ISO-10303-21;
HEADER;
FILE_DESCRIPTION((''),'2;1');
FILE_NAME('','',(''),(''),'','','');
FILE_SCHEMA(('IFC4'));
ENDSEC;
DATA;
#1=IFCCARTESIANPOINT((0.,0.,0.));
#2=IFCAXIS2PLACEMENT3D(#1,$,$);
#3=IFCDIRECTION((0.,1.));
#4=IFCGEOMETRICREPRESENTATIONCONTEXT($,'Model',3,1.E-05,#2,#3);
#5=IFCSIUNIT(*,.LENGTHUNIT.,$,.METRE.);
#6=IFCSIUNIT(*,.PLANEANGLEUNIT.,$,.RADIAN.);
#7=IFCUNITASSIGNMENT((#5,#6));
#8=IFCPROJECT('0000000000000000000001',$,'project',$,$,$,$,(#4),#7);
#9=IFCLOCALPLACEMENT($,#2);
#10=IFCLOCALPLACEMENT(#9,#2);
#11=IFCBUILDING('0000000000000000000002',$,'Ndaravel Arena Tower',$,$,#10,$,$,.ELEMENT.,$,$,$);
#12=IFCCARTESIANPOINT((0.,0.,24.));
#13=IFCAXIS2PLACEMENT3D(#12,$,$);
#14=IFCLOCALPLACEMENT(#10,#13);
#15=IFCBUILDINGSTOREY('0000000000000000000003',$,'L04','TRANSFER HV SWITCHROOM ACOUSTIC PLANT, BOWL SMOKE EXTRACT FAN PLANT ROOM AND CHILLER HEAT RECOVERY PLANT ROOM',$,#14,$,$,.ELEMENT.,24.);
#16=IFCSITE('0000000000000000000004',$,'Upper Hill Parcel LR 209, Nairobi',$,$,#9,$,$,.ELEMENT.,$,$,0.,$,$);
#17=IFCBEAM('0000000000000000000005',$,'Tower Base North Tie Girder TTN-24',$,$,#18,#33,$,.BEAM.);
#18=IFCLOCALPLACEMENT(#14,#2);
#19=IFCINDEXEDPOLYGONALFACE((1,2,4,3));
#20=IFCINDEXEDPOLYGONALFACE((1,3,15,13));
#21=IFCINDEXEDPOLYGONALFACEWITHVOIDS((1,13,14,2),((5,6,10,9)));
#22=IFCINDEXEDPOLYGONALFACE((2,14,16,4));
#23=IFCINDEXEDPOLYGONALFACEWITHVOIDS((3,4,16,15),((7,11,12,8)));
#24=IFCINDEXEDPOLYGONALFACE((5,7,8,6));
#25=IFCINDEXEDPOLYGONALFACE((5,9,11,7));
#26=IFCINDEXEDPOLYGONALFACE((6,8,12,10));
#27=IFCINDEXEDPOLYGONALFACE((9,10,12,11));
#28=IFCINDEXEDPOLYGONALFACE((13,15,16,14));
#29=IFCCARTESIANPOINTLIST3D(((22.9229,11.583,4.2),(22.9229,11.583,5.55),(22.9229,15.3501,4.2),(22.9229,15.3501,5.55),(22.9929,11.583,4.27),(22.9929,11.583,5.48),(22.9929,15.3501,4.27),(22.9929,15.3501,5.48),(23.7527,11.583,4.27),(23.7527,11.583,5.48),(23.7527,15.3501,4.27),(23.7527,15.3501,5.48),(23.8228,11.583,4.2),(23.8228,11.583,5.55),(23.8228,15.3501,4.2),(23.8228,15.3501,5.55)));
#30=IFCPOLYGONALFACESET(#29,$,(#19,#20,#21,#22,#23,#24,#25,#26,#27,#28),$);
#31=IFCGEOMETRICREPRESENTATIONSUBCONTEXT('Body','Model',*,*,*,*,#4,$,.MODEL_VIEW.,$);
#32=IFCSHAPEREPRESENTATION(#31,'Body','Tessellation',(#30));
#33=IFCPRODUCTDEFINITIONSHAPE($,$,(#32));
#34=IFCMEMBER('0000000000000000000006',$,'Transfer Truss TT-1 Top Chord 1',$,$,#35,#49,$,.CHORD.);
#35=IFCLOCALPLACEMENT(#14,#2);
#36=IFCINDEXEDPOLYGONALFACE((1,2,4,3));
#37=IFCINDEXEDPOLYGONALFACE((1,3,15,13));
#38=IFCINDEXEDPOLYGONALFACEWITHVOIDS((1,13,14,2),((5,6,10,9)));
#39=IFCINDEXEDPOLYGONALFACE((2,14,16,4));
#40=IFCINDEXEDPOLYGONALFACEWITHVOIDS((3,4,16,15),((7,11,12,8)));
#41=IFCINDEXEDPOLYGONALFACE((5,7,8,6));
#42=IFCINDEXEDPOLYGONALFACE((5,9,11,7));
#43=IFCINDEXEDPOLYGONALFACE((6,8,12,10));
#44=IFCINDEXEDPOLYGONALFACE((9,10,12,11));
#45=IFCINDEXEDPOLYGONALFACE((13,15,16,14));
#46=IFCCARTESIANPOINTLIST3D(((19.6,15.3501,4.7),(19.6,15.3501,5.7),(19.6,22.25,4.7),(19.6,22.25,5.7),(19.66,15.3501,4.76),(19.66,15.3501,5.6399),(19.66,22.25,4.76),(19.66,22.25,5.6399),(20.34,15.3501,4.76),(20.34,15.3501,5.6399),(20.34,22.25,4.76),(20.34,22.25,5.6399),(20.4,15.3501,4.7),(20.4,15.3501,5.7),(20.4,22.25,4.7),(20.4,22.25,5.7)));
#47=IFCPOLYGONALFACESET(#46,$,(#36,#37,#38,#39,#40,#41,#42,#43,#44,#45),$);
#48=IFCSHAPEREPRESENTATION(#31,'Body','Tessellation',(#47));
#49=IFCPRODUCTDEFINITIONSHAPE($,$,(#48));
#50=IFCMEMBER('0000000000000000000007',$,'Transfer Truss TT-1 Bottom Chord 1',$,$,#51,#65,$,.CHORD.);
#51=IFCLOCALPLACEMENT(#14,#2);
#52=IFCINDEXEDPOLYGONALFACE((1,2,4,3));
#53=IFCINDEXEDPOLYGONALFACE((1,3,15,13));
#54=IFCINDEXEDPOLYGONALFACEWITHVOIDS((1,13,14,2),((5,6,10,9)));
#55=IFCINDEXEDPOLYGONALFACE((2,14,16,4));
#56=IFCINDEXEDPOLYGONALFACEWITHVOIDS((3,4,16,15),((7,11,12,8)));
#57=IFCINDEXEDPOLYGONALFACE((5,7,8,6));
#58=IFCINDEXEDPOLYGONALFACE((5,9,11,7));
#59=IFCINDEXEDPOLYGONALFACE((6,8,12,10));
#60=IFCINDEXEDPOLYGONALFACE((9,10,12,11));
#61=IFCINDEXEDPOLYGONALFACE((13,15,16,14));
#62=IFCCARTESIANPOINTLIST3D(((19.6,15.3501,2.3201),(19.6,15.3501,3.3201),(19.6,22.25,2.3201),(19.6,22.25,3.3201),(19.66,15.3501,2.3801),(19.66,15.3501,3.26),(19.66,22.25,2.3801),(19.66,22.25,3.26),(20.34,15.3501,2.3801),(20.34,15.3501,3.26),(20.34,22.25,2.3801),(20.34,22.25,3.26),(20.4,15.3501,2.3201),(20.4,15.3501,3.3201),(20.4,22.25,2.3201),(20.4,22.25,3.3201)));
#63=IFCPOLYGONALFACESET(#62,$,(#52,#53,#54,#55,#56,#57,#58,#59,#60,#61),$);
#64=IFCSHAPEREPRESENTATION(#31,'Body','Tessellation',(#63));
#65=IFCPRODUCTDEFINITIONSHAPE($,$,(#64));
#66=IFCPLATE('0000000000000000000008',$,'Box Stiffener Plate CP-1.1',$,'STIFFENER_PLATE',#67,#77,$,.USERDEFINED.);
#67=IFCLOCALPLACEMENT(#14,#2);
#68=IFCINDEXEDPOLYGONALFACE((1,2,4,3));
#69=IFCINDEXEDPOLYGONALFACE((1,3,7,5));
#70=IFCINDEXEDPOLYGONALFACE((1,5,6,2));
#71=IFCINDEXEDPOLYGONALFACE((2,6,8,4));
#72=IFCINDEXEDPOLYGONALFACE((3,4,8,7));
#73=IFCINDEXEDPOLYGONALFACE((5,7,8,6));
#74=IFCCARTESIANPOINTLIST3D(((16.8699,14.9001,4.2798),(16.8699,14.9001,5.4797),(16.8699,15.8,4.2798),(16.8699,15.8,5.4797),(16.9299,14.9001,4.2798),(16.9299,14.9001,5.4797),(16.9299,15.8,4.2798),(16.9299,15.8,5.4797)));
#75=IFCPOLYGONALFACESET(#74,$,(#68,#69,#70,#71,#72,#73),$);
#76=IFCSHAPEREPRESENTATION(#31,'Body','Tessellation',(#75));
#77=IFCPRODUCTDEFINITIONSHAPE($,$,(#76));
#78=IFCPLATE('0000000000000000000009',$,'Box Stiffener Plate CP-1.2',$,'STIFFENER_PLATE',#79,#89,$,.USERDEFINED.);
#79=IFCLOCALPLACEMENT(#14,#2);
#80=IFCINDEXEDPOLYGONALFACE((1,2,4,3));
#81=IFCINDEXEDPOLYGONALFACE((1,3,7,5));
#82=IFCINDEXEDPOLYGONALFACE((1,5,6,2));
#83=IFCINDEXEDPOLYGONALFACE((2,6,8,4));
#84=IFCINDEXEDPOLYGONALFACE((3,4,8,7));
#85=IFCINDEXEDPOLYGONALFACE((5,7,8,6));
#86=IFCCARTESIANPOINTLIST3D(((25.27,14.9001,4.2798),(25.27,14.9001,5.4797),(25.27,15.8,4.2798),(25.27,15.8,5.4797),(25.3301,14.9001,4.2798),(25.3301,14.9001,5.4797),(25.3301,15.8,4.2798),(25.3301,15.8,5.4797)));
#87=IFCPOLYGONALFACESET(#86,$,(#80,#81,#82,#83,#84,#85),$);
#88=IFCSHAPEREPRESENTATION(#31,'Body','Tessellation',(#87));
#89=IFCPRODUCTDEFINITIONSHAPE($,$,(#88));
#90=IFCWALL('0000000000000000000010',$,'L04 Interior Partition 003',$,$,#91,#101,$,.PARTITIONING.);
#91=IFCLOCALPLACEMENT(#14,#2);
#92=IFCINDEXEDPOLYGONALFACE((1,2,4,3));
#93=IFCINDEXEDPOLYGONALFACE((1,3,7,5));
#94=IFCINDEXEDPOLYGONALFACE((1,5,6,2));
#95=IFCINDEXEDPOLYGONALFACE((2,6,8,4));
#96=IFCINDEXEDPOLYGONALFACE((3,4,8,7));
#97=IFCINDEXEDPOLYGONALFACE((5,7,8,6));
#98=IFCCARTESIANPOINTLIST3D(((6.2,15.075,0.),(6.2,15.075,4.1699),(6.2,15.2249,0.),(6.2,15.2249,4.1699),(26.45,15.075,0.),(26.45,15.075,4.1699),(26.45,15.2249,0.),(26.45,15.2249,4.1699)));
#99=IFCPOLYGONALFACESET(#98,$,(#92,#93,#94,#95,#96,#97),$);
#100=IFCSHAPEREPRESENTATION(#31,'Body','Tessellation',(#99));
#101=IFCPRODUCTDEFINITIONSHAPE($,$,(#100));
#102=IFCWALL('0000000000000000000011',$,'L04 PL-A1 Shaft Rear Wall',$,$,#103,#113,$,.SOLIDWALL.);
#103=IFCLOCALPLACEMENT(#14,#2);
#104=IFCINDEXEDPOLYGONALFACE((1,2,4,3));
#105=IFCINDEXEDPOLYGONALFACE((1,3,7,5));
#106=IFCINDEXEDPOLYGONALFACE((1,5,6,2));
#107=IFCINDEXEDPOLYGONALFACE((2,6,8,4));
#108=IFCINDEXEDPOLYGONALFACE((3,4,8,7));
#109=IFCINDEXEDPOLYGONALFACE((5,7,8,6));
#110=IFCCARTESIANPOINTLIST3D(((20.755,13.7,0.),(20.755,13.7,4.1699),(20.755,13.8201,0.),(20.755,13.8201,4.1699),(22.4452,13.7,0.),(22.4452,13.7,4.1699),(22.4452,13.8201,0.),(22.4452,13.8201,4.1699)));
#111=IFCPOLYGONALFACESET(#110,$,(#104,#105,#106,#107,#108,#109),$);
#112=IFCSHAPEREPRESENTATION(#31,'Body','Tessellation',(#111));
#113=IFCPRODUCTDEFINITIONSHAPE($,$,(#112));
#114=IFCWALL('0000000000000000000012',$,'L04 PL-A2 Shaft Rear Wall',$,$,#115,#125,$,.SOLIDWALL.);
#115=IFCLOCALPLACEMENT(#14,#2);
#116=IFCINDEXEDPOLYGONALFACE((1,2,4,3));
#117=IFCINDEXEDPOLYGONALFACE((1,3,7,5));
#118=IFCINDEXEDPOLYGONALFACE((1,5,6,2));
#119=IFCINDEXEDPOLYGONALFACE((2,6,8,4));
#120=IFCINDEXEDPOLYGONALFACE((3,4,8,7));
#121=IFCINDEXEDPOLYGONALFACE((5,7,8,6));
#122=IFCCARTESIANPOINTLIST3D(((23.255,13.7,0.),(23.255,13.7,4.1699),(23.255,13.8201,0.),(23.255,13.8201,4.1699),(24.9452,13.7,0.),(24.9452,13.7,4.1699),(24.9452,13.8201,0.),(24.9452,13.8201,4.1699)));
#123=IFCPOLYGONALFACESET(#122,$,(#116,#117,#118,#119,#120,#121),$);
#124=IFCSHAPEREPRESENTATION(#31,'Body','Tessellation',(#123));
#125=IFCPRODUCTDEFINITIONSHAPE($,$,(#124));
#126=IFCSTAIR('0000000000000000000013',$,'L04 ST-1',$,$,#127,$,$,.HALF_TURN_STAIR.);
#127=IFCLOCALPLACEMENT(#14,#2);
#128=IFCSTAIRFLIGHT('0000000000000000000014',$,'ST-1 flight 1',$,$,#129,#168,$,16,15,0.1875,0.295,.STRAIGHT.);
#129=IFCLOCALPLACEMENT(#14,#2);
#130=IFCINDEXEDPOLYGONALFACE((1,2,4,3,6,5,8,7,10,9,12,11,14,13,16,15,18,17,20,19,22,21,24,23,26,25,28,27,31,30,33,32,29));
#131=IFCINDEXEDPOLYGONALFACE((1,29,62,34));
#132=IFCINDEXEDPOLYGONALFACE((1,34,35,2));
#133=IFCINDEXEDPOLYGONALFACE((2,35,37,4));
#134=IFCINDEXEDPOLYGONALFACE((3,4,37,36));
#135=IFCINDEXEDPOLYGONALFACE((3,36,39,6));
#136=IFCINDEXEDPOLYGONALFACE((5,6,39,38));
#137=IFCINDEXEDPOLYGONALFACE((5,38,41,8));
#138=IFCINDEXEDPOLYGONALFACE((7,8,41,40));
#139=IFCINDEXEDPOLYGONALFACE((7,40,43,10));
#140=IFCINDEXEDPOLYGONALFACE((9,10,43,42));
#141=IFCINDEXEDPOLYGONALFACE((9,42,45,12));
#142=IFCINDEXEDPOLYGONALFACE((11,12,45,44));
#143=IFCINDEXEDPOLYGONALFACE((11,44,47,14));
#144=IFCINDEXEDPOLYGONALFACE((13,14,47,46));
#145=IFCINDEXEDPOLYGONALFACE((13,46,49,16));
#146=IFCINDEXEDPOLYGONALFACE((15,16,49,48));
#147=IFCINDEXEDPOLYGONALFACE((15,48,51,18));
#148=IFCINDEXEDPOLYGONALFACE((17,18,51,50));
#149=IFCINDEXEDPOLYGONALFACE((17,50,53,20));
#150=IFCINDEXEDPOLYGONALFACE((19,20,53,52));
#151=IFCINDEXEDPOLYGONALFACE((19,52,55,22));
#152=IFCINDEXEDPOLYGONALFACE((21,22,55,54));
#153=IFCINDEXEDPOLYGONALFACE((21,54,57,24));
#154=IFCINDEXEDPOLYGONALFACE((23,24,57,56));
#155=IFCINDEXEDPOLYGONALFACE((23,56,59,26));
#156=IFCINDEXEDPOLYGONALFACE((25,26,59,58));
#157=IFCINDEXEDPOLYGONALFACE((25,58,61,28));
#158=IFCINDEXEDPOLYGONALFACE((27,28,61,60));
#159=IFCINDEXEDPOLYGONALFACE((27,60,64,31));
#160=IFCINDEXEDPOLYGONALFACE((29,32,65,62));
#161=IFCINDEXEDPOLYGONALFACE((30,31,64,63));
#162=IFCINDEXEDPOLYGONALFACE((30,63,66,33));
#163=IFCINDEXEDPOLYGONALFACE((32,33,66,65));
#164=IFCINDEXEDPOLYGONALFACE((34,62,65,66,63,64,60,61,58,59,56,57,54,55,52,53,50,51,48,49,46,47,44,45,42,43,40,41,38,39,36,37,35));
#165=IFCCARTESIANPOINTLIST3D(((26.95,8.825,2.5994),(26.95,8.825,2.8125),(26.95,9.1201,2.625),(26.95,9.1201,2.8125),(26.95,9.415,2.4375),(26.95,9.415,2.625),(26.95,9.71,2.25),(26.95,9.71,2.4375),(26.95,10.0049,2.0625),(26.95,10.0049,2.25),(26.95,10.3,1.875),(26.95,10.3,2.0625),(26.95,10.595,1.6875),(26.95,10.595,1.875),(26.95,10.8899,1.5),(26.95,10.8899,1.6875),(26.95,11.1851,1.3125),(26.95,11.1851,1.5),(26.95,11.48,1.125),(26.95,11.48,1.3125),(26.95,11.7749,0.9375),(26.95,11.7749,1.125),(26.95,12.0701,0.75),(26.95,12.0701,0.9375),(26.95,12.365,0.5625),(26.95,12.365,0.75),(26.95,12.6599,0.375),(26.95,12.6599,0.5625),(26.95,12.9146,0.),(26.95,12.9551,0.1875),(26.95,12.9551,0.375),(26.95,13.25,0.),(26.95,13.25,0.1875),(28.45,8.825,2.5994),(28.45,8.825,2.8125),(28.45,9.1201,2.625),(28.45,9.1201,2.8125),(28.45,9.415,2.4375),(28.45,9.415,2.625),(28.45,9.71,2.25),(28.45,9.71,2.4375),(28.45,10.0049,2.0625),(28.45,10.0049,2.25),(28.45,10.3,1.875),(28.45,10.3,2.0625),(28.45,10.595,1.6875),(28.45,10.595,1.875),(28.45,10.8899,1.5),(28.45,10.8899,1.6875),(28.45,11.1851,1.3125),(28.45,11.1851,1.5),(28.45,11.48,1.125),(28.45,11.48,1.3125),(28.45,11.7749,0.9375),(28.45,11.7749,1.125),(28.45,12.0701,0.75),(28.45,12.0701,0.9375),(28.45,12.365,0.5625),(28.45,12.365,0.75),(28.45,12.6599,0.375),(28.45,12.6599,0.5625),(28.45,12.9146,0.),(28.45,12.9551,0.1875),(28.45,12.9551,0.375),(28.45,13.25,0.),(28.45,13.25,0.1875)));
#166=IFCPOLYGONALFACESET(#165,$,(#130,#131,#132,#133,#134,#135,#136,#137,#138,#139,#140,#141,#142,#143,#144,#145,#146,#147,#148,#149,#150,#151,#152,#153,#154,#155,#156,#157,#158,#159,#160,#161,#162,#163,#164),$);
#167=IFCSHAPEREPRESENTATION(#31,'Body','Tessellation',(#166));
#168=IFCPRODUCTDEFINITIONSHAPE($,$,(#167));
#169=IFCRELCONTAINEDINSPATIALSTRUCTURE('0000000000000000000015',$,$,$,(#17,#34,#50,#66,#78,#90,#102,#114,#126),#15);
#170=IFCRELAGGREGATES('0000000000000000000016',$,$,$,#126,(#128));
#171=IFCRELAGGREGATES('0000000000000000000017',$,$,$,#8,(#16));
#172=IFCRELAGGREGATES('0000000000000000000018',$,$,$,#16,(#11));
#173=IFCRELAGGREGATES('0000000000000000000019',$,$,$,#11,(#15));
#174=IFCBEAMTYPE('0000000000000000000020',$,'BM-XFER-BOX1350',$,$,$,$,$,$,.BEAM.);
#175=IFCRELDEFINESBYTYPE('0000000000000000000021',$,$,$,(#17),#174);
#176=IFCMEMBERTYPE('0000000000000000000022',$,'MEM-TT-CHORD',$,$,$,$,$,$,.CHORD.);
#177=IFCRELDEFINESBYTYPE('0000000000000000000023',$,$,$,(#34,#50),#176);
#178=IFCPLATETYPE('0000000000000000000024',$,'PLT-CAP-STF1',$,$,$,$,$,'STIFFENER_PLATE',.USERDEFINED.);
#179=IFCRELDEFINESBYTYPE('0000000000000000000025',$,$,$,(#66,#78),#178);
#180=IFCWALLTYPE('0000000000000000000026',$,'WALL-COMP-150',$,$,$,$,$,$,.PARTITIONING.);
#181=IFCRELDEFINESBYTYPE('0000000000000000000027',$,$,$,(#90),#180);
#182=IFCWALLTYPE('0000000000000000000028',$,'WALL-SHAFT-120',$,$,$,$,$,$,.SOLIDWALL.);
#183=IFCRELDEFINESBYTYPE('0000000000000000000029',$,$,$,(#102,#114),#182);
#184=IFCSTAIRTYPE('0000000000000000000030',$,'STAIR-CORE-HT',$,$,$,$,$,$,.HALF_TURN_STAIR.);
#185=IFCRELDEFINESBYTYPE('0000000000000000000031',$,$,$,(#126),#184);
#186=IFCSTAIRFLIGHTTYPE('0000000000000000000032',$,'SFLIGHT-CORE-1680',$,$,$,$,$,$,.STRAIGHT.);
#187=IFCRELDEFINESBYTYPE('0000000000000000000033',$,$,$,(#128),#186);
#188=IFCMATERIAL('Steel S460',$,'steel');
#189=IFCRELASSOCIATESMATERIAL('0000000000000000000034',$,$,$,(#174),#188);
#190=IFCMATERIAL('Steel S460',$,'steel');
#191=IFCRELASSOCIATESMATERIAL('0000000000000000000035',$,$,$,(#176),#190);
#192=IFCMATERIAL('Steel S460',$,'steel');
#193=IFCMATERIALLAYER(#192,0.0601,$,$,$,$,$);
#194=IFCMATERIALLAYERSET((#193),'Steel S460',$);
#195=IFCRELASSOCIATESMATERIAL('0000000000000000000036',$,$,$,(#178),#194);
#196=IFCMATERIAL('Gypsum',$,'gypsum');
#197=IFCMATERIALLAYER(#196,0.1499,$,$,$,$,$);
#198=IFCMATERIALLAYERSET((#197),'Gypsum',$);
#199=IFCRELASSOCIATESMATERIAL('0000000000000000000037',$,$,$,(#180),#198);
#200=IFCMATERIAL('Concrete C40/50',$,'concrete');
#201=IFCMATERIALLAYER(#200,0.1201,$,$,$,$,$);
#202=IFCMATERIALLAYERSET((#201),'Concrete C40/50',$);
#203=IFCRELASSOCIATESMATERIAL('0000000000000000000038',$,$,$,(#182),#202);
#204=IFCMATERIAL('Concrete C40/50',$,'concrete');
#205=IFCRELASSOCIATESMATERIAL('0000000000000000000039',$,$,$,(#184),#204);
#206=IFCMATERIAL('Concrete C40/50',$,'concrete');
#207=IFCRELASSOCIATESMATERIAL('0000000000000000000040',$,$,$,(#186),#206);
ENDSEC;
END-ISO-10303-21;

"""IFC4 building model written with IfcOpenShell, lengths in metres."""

from ifc_helpers import new_model, si_unit, direction, frame, frame_2d, origin, origin_2d, place, context, subcontext, project, spatial, polyline, rectangle, hollow_rectangle, outline, extrude, material, layer, layer_set, material_profile, profile_set, type_object, element, aggregate, save


model = new_model("IFC4")

# Units and contexts
model_context = context("Model", 3, precision=1e-05, world=origin(), true_north=direction((0.0, 1.0)))
body_context = subcontext(model_context, "Body", "Model", "MODEL_VIEW")
ifc_project = project(units=[si_unit("LENGTHUNIT", "METRE"), si_unit("PLANEANGLEUNIT", "RADIAN")], contexts=[model_context])

# Site, building, storey
site_placement = place(None, origin())
site = spatial("IfcSite", under=ifc_project, at=site_placement, Name="Upper Hill Parcel LR 209, Nairobi", CompositionType="ELEMENT", RefElevation=0.0)
building_placement = place(site_placement, origin())
building = spatial("IfcBuilding", under=site, at=building_placement, Name="Ndaravel Arena Tower", CompositionType="ELEMENT")
storey_placement = place(building_placement, frame((0.0, 0.0, 24.0)))
storey = spatial("IfcBuildingStorey", under=building, at=storey_placement, Name="L04", Description="TRANSFER HV SWITCHROOM ACOUSTIC PLANT, BOWL SMOKE EXTRACT FAN PLANT ROOM AND CHILLER HEAT RECOVERY PLANT ROOM", CompositionType="ELEMENT", Elevation=24.0)

# Beam
ifc_material_1 = material(Name="Steel S460", Category="steel")
ifc_material_profile_1 = material_profile(ifc_material_1, hollow_rectangle(XDim=0.8999, YDim=1.3501, WallThickness=0.0701, at=origin_2d()), Name="BOX 1350x900x70")
ifc_profile_set_1 = profile_set([ifc_material_profile_1], Name="Steel S460")
beam_type_1 = type_object("IfcBeamType", Name="BM-XFER-BOX1350", PredefinedType="BEAM", material=ifc_profile_set_1)
beam_1_placement = place(storey_placement, frame((23.3728, 11.583, 4.875), z_axis=(0.0, 1.0, 0.0), x_axis=(-1.0, 0.0, 0.0)))
element("IfcBeam", 1, at=beam_1_placement, inside=storey, type_object=beam_type_1, Name="Tower Base North Tie Girder TTN-24", PredefinedType="BEAM", context=body_context, shape_type="SweptSolid", body=[
    extrude(hollow_rectangle(XDim=0.8999, YDim=1.3501, WallThickness=0.0701, at=origin_2d()), origin(), (0.0, 0.0, 1.0), 3.7671),
])

# Members
ifc_material_2 = material(Name="Steel S460", Category="steel")
ifc_material_profile_2 = material_profile(ifc_material_2, hollow_rectangle(XDim=0.8, YDim=1.0, WallThickness=0.0601, at=origin_2d()), Name="BOX 1000x800x60")
ifc_profile_set_2 = profile_set([ifc_material_profile_2], Name="Steel S460")
member_type = type_object("IfcMemberType", Name="MEM-TT-CHORD", PredefinedType="CHORD", material=ifc_profile_set_2)
for number, where, z_axis, x_axis, name in (
    (2, (20.0, 15.3501, 5.2), (0.0, 1.0, 0.0), (-1.0, 0.0, 0.0), "Transfer Truss TT-1 Top Chord 1"),
    (3, (20.0, 15.3501, 2.8201), (0.0, 1.0, 0.0), (-1.0, 0.0, 0.0), "Transfer Truss TT-1 Bottom Chord 1"),
):
    element("IfcMember", number, at=place(storey_placement, frame(where, z_axis=z_axis, x_axis=x_axis)), inside=storey, type_object=member_type, Name=name, PredefinedType="CHORD", context=body_context, shape_type="SweptSolid", body=[
        extrude(hollow_rectangle(XDim=0.8, YDim=1.0, WallThickness=0.0601, at=origin_2d()), origin(), (0.0, 0.0, 1.0), 6.8999),
    ])

# Plates
ifc_material_3 = material(Name="Steel S460", Category="steel")
ifc_layer_1 = layer(ifc_material_3, 0.0601)
ifc_layer_set_1 = layer_set([ifc_layer_1], Name="Steel S460")
plate_type = type_object("IfcPlateType", Name="PLT-CAP-STF1", ElementType="STIFFENER_PLATE", PredefinedType="USERDEFINED", material=ifc_layer_set_1)
for number, where, z_axis, x_axis, name in (
    (4, (16.8999, 15.3501, 4.2798), (0.0, 0.0, 1.0), (1.0, 0.0, 0.0), "Box Stiffener Plate CP-1.1"),
    (5, (25.3, 15.3501, 4.2798), (0.0, 0.0, 1.0), (1.0, 0.0, 0.0), "Box Stiffener Plate CP-1.2"),
):
    element("IfcPlate", number, at=place(storey_placement, frame(where, z_axis=z_axis, x_axis=x_axis)), inside=storey, type_object=plate_type, Name=name, ObjectType="STIFFENER_PLATE", PredefinedType="USERDEFINED", context=body_context, shape_type="SweptSolid", body=[
        extrude(rectangle(XDim=0.0601, YDim=0.8999, at=origin_2d()), origin(), (0.0, 0.0, 1.0), 1.2),
    ])

# Wall
ifc_material_4 = material(Name="Gypsum", Category="gypsum")
ifc_layer_2 = layer(ifc_material_4, 0.1499)
ifc_layer_set_2 = layer_set([ifc_layer_2], Name="Gypsum")
wall_type_1 = type_object("IfcWallType", Name="WALL-COMP-150", PredefinedType="PARTITIONING", material=ifc_layer_set_2)
wall_1_placement = place(storey_placement, frame((26.45, 15.1499, 0.0), z_axis=(0.0, 0.0, 1.0), x_axis=(-1.0, 0.0, 0.0)))
element("IfcWall", 6, at=wall_1_placement, inside=storey, type_object=wall_type_1, Name="L04 Interior Partition 003", PredefinedType="PARTITIONING", context=body_context, shape_type="SweptSolid", body=[
    extrude(rectangle(XDim=20.25, YDim=0.1499, at=frame_2d((10.125, 0.0))), origin(), (0.0, 0.0, 1.0), 4.1699),
])

# Walls
ifc_material_5 = material(Name="Concrete C40/50", Category="concrete")
ifc_layer_3 = layer(ifc_material_5, 0.1201)
ifc_layer_set_3 = layer_set([ifc_layer_3], Name="Concrete C40/50")
wall_type_2 = type_object("IfcWallType", Name="WALL-SHAFT-120", PredefinedType="SOLIDWALL", material=ifc_layer_set_3)
for number, where, z_axis, x_axis, name in (
    (7, (20.7549, 13.76, 0.0), (0.0, 0.0, 1.0), (1.0, 0.0, 0.0), "L04 PL-A1 Shaft Rear Wall"),
    (8, (23.2549, 13.76, 0.0), (0.0, 0.0, 1.0), (1.0, 0.0, 0.0), "L04 PL-A2 Shaft Rear Wall"),
):
    element("IfcWall", number, at=place(storey_placement, frame(where, z_axis=z_axis, x_axis=x_axis)), inside=storey, type_object=wall_type_2, Name=name, PredefinedType="SOLIDWALL", context=body_context, shape_type="SweptSolid", body=[
        extrude(rectangle(XDim=1.6902, YDim=0.1201, at=frame_2d((0.8452, 0.0))), origin(), (0.0, 0.0, 1.0), 4.1699),
    ])

# Stair, stair flight
ifc_material_6 = material(Name="Concrete C40/50", Category="concrete")
stair_type = type_object("IfcStairType", Name="STAIR-CORE-HT", PredefinedType="HALF_TURN_STAIR", material=ifc_material_6)
stair_placement = place(storey_placement, origin())
stair = element("IfcStair", 9, at=stair_placement, inside=storey, type_object=stair_type, Name="L04 ST-1", PredefinedType="HALF_TURN_STAIR")
ifc_material_7 = material(Name="Concrete C40/50", Category="concrete")
stair_flight_type = type_object("IfcStairFlightType", Name="SFLIGHT-CORE-1680", PredefinedType="STRAIGHT", material=ifc_material_7)
stair_flight_placement = place(storey_placement, frame((27.7, 13.25, 0.0), z_axis=(0.0, 0.0, 1.0), x_axis=(0.0, -1.0, 0.0)))
stair_flight = element("IfcStairFlight", 10, at=stair_flight_placement, type_object=stair_flight_type, Name="ST-1 flight 1", NumberOfRisers=16, NumberOfTreads=15, PredefinedType="STRAIGHT", RiserHeight=0.1875, TreadLength=0.295, context=body_context, shape_type="SweptSolid", body=[
    extrude(outline(polyline([(0.0, 0.0), (0.0, 0.1875), (0.2949, 0.1875), (0.2949, 0.375), (0.5901, 0.375), (0.5901, 0.5625), (0.885, 0.5625), (0.885, 0.75), (1.1799, 0.75), (1.1799, 0.9375), (1.4751, 0.9375), (1.4751, 1.125), (1.77, 1.125), (1.77, 1.3125), (2.0649, 1.3125), (2.0649, 1.5), (2.3601, 1.5), (2.3601, 1.6875), (2.655, 1.6875), (2.655, 1.875), (2.95, 1.875), (2.95, 2.0625), (3.2451, 2.0625), (3.2451, 2.25), (3.54, 2.25), (3.54, 2.4375), (3.835, 2.4375), (3.835, 2.625), (4.1299, 2.625), (4.1299, 2.8125), (4.425, 2.8125), (4.425, 3.0), (4.425, 2.5994), (0.3354, 0.0), (0.0, 0.0)])), frame((0.0, 0.75, 0.0), z_axis=(0.0, -1.0, 0.0), x_axis=(1.0, 0.0, 0.0)), (0.0, 0.0, 1.0), 1.5),
])
aggregate(stair, [stair_flight])

save(model, "model.ifc")
